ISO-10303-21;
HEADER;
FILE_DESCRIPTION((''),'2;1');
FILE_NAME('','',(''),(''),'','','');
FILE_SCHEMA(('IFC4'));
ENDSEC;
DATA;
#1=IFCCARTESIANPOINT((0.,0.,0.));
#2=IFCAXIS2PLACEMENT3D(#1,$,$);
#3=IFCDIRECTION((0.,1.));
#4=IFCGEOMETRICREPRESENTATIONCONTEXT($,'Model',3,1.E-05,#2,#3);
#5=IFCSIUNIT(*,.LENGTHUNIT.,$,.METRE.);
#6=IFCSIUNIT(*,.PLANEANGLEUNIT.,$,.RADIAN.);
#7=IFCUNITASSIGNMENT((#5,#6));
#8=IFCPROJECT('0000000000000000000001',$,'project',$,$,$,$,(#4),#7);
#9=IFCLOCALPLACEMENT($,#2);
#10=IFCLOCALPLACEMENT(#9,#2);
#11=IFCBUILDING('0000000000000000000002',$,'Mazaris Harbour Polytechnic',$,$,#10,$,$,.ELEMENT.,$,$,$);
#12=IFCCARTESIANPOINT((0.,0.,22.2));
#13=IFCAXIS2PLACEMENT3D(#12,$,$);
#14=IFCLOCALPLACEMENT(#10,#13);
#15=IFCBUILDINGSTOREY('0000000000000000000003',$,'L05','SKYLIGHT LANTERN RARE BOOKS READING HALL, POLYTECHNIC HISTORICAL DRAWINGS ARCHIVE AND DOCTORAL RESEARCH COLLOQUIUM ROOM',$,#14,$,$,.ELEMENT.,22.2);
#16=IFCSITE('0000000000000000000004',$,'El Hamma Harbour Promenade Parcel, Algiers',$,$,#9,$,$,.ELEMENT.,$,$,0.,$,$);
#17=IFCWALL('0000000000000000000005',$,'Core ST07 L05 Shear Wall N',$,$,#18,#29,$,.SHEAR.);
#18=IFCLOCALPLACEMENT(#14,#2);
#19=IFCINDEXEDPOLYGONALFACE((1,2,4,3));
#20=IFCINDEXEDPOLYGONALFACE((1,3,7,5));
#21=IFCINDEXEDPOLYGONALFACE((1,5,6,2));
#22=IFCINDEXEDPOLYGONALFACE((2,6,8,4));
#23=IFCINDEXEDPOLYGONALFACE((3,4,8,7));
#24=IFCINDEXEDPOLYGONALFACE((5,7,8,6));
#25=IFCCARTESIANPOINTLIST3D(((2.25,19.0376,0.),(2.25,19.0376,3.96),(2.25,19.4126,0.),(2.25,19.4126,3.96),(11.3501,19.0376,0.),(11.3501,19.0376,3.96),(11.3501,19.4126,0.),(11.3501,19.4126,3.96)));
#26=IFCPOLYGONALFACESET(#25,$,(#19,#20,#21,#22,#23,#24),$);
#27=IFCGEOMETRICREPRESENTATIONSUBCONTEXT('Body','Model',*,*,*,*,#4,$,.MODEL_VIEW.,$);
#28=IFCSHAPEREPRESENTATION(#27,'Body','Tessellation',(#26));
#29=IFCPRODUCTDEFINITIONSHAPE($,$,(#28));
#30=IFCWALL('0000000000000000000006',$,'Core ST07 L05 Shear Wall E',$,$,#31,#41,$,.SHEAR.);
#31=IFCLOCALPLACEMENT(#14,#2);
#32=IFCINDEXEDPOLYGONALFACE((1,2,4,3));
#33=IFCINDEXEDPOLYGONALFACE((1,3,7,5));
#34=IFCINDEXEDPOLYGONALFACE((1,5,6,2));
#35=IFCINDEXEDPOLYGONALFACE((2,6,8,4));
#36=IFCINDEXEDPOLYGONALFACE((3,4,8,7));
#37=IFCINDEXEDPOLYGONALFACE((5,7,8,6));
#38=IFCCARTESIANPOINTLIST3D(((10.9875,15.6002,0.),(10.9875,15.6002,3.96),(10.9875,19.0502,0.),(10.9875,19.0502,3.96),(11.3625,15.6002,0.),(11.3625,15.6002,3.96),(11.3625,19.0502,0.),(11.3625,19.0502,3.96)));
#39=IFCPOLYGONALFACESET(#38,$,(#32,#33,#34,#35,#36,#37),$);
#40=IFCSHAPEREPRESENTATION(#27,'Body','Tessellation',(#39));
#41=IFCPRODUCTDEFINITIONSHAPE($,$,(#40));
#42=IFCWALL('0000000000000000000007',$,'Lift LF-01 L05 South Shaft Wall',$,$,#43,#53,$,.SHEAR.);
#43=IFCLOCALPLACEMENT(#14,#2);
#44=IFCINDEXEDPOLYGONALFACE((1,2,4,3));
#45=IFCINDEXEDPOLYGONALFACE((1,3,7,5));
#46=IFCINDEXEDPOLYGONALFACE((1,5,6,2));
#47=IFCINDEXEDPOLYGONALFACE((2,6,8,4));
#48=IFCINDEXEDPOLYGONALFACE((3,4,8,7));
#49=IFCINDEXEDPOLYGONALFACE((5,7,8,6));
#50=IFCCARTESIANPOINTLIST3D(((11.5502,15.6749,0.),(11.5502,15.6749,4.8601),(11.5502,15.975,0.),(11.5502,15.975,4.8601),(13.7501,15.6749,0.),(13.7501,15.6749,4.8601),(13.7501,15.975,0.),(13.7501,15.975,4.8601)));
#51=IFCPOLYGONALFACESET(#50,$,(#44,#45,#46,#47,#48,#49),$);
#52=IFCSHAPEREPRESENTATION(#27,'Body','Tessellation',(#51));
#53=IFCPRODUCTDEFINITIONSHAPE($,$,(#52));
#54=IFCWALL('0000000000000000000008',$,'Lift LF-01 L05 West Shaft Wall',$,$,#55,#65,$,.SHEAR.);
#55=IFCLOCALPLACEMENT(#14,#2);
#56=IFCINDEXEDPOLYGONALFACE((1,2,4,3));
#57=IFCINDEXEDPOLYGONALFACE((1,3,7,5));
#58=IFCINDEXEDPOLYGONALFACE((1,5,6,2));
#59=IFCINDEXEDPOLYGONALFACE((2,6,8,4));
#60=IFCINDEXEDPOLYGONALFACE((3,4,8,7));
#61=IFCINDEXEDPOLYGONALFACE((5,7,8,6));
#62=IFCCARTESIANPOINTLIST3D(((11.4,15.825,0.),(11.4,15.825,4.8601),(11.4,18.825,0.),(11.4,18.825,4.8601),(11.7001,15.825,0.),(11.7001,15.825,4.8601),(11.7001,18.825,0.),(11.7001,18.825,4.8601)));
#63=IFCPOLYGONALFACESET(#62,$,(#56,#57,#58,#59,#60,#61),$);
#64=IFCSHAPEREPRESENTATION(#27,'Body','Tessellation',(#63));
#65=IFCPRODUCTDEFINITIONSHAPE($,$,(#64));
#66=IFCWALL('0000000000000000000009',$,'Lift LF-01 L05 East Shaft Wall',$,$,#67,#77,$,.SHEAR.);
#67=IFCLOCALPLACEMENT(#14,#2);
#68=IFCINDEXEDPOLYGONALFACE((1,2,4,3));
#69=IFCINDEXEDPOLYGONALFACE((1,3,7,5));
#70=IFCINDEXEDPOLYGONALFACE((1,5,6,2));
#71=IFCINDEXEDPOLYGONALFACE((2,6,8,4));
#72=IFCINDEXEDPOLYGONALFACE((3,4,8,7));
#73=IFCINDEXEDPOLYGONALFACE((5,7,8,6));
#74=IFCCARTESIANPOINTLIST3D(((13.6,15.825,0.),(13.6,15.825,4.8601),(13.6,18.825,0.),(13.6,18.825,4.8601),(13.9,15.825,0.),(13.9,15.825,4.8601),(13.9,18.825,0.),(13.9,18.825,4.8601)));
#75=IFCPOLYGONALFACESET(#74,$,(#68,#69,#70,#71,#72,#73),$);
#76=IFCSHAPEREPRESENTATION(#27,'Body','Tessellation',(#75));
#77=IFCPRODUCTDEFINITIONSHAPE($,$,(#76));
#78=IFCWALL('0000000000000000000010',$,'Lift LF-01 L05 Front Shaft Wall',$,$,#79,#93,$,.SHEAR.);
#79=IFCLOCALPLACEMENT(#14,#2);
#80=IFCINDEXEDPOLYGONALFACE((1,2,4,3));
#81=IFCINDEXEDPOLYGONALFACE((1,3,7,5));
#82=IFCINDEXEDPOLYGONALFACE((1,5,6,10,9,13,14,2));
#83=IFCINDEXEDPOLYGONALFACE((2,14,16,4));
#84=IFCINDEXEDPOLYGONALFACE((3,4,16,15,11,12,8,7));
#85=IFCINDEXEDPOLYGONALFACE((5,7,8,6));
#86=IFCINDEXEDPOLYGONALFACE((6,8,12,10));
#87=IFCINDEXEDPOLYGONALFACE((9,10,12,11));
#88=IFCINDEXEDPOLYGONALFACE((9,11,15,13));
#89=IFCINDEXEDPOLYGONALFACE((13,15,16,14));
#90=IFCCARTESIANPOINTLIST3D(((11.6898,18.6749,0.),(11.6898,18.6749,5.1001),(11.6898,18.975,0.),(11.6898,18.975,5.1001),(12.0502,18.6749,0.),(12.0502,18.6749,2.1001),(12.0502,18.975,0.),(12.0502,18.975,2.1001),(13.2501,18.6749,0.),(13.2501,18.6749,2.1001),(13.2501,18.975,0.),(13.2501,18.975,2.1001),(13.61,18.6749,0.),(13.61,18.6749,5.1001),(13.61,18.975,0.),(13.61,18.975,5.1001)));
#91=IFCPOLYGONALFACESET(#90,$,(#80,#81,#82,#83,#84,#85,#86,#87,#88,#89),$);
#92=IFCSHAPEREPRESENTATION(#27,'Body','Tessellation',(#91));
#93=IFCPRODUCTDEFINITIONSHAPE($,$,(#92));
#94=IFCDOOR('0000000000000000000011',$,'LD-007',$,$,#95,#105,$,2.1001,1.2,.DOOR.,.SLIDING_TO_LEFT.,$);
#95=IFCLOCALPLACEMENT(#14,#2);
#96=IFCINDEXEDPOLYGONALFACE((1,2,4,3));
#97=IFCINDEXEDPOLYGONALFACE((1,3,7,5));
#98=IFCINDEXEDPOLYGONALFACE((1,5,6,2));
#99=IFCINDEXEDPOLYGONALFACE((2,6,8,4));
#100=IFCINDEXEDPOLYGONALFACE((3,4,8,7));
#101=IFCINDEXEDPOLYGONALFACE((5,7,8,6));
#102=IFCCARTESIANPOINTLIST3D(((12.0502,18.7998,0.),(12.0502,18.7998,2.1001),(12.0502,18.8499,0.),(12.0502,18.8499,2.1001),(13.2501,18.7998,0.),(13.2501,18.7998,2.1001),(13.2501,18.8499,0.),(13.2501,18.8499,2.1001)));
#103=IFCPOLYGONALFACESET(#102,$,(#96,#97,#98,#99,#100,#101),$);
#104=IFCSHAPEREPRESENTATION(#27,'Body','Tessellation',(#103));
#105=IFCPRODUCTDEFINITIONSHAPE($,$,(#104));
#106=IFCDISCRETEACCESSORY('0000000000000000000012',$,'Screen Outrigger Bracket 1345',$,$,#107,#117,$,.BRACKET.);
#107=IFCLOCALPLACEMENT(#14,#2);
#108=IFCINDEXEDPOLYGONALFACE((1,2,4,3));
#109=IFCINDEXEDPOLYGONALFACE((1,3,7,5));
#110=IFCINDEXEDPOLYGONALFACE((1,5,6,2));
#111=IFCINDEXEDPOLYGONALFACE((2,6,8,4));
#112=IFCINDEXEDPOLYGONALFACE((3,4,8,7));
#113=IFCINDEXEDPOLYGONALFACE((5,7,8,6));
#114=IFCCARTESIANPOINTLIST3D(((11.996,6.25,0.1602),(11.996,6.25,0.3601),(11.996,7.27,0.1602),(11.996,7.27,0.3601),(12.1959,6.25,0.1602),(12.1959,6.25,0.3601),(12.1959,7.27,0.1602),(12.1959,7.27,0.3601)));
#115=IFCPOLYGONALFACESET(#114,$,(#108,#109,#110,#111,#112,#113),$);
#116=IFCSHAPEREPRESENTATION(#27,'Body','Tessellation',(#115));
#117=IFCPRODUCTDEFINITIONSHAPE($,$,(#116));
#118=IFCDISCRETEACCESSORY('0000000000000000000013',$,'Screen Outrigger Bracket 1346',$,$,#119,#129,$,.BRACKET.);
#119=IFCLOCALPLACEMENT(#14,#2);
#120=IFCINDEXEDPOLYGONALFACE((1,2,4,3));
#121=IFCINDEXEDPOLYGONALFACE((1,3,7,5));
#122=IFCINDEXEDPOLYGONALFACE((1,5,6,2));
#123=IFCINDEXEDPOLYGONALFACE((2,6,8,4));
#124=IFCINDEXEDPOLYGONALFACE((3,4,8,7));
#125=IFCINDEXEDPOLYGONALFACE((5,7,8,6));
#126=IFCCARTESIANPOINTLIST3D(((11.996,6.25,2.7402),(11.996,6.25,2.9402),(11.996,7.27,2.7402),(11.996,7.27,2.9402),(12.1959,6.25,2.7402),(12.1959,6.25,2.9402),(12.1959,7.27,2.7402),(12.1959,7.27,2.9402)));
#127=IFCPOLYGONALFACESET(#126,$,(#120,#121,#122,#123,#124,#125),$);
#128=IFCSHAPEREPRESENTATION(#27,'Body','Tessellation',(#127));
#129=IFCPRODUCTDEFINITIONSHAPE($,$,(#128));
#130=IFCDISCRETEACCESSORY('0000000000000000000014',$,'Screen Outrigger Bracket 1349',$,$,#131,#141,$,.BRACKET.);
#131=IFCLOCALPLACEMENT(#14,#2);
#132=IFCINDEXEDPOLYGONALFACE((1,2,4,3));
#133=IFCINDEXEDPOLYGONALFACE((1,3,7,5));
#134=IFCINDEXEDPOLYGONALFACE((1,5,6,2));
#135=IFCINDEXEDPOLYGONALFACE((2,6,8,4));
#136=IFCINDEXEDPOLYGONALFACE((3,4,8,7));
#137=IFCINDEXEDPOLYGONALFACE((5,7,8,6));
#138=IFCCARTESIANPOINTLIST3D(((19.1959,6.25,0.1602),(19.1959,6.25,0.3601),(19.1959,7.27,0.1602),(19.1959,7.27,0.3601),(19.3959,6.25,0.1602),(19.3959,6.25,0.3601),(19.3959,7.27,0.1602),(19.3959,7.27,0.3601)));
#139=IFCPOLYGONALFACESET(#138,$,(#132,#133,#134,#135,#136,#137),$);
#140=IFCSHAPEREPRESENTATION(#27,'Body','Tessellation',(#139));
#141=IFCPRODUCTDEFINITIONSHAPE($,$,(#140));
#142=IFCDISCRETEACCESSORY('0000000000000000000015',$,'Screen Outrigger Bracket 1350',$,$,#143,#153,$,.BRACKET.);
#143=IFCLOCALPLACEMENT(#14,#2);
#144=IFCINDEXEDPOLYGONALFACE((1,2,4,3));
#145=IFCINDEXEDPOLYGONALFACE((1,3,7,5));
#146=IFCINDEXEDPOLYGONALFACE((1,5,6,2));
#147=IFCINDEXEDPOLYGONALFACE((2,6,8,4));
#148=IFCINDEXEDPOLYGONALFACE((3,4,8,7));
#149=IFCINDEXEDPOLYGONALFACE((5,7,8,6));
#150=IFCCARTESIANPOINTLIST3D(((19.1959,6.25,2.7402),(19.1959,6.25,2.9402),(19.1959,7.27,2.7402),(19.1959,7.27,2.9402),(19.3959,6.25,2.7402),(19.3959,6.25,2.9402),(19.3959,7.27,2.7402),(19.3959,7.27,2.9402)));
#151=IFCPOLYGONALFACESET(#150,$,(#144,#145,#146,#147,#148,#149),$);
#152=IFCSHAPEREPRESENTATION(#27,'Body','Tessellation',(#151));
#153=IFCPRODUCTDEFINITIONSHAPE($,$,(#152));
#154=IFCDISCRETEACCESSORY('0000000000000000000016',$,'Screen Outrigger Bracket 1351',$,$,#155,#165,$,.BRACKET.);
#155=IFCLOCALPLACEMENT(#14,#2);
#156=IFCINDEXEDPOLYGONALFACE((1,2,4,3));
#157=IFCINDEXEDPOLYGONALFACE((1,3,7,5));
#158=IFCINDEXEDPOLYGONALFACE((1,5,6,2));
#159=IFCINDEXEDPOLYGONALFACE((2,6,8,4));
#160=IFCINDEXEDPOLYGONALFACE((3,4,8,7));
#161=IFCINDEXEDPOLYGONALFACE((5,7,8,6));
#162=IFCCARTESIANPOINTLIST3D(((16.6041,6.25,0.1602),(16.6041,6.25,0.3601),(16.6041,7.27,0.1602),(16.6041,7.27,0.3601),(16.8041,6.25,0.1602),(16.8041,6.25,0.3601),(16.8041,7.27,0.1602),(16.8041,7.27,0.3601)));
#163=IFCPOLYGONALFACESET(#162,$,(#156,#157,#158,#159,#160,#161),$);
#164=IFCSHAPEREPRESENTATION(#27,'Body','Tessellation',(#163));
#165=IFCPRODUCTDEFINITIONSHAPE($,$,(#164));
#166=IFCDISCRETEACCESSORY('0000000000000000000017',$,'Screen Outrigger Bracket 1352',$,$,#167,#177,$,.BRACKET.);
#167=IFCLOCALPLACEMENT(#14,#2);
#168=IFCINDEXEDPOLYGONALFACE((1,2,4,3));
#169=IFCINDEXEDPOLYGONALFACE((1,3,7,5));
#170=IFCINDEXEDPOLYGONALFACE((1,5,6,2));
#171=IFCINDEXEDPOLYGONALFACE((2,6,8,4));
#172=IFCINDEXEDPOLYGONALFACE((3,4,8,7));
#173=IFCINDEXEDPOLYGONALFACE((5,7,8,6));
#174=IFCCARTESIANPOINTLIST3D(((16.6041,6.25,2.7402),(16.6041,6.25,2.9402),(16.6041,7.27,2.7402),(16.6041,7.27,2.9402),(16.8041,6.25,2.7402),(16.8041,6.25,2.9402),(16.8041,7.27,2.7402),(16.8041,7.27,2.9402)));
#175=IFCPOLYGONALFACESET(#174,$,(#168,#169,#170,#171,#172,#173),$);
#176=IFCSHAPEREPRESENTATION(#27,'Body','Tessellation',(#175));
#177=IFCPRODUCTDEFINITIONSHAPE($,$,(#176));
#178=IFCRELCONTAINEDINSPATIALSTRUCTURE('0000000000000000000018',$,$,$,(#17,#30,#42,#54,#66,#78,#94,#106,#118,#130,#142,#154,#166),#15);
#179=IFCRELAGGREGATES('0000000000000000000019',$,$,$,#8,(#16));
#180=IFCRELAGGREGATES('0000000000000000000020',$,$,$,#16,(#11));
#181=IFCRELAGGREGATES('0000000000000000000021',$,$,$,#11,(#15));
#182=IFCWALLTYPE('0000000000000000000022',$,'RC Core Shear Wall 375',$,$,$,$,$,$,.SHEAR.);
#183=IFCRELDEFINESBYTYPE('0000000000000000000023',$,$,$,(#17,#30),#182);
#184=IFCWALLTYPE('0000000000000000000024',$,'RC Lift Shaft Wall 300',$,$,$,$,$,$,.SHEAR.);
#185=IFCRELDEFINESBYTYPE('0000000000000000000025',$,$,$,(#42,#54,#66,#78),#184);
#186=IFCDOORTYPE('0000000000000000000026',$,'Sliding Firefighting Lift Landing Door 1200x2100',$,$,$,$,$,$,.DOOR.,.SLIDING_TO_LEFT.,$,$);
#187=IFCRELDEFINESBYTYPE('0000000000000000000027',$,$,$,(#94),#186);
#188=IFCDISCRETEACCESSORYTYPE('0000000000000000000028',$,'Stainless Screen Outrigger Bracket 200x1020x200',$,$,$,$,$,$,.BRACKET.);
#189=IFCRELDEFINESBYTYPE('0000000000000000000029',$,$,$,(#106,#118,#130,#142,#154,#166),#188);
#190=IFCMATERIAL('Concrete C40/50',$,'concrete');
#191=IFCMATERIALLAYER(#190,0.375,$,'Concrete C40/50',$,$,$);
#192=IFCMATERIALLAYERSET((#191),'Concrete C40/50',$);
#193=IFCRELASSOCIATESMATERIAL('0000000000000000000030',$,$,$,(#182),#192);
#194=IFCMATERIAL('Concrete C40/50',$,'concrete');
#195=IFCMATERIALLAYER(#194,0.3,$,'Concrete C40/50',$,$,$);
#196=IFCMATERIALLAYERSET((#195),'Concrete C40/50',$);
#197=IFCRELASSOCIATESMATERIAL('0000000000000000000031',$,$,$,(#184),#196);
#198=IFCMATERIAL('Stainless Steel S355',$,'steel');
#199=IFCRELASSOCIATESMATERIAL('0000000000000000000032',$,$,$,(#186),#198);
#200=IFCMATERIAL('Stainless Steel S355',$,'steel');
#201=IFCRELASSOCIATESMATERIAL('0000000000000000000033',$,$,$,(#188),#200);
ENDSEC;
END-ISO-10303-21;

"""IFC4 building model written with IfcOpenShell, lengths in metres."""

from ifc_helpers import new_model, si_unit, direction, frame, frame_2d, origin, origin_2d, place, context, subcontext, project, spatial, rectangle, extrude, material, layer, layer_set, type_object, element, fill, save


model = new_model("IFC4")

# Units and contexts
model_context = context("Model", 3, precision=1e-05, world=origin(), true_north=direction((0.0, 1.0)))
body_context = subcontext(model_context, "Body", "Model", "MODEL_VIEW")
ifc_project = project(units=[si_unit("LENGTHUNIT", "METRE"), si_unit("PLANEANGLEUNIT", "RADIAN")], contexts=[model_context])

# Site, building, storey
site_placement = place(None, origin())
site = spatial("IfcSite", under=ifc_project, at=site_placement, Name="El Hamma Harbour Promenade Parcel, Algiers", CompositionType="ELEMENT", RefElevation=0.0)
building_placement = place(site_placement, origin())
building = spatial("IfcBuilding", under=site, at=building_placement, Name="Mazaris Harbour Polytechnic", CompositionType="ELEMENT")
storey_placement = place(building_placement, frame((0.0, 0.0, 22.2)))
storey = spatial("IfcBuildingStorey", under=building, at=storey_placement, Name="L05", Description="SKYLIGHT LANTERN RARE BOOKS READING HALL, POLYTECHNIC HISTORICAL DRAWINGS ARCHIVE AND DOCTORAL RESEARCH COLLOQUIUM ROOM", CompositionType="ELEMENT", Elevation=22.2)

# Walls
ifc_material_1 = material(Name="Concrete C40/50", Category="concrete")
ifc_layer_1 = layer(ifc_material_1, 0.375, Name="Concrete C40/50")
ifc_layer_set_1 = layer_set([ifc_layer_1], Name="Concrete C40/50")
wall_type_1 = type_object("IfcWallType", Name="RC Core Shear Wall 375", PredefinedType="SHEAR", material=ifc_layer_set_1)
wall_1_placement = place(storey_placement, frame((11.3501, 19.2251, 0.0), z_axis=(0.0, 0.0, 1.0), x_axis=(-1.0, 0.0, 0.0)))
element("IfcWall", 1, at=wall_1_placement, inside=storey, type_object=wall_type_1, Name="Core ST07 L05 Shear Wall N", PredefinedType="SHEAR", context=body_context, shape_type="SweptSolid", body=[
    extrude(rectangle(XDim=9.1001, YDim=0.375, at=frame_2d((4.55, 0.0))), origin(), (0.0, 0.0, 1.0), 3.96),
])
wall_2_placement = place(storey_placement, frame((11.175, 15.6001, 0.0), z_axis=(0.0, 0.0, 1.0), x_axis=(0.0, 1.0, 0.0)))
element("IfcWall", 2, at=wall_2_placement, inside=storey, type_object=wall_type_1, Name="Core ST07 L05 Shear Wall E", PredefinedType="SHEAR", context=body_context, shape_type="SweptSolid", body=[
    extrude(rectangle(XDim=3.45, YDim=0.375, at=frame_2d((1.7251, 0.0))), origin(), (0.0, 0.0, 1.0), 3.96),
])
ifc_material_2 = material(Name="Concrete C40/50", Category="concrete")
ifc_layer_2 = layer(ifc_material_2, 0.3, Name="Concrete C40/50")
ifc_layer_set_2 = layer_set([ifc_layer_2], Name="Concrete C40/50")
wall_type_2 = type_object("IfcWallType", Name="RC Lift Shaft Wall 300", PredefinedType="SHEAR", material=ifc_layer_set_2)
wall_3_placement = place(storey_placement, frame((11.55, 15.825, 0.0), z_axis=(0.0, 0.0, 1.0), x_axis=(1.0, 0.0, 0.0)))
element("IfcWall", 3, at=wall_3_placement, inside=storey, type_object=wall_type_2, Name="Lift LF-01 L05 South Shaft Wall", PredefinedType="SHEAR", context=body_context, shape_type="SweptSolid", body=[
    extrude(rectangle(XDim=2.2, YDim=0.3, at=frame_2d((1.1001, 0.0))), origin(), (0.0, 0.0, 1.0), 4.8601),
])
for number, where, z_axis, x_axis, name in (
    (4, (11.55, 18.825, 0.0), (0.0, 0.0, 1.0), (0.0, -1.0, 0.0), "Lift LF-01 L05 West Shaft Wall"),
    (5, (13.75, 15.825, 0.0), (0.0, 0.0, 1.0), (0.0, 1.0, 0.0), "Lift LF-01 L05 East Shaft Wall"),
):
    element("IfcWall", number, at=place(storey_placement, frame(where, z_axis=z_axis, x_axis=x_axis)), inside=storey, type_object=wall_type_2, Name=name, PredefinedType="SHEAR", context=body_context, shape_type="SweptSolid", body=[
        extrude(rectangle(XDim=3.0, YDim=0.3, at=frame_2d((1.5, 0.0))), origin(), (0.0, 0.0, 1.0), 4.8601),
    ])

# Wall, opening, door
wall_4_placement = place(storey_placement, frame((11.6899, 18.825, 0.0), z_axis=(0.0, 0.0, 1.0), x_axis=(1.0, 0.0, 0.0)))
wall_4 = element("IfcWall", 6, at=wall_4_placement, inside=storey, type_object=wall_type_2, Name="Lift LF-01 L05 Front Shaft Wall", PredefinedType="SHEAR", context=body_context, shape_type="SweptSolid", body=[
    extrude(rectangle(XDim=1.9202, YDim=0.3, at=frame_2d((0.96, 0.0))), origin(), (0.0, 0.0, 1.0), 5.1001),
])
opening_1_placement = place(wall_4_placement, frame((0.3601, 0.0, 0.0)))
opening_1 = element("IfcOpeningElement", 7, at=opening_1_placement, cuts=wall_4, PredefinedType="OPENING", context=body_context, shape_type="SweptSolid", body=[
    extrude(rectangle(XDim=1.2, YDim=2.1001, at=frame_2d((0.6001, 1.05))), frame((0.0, 0.1599, 0.0), z_axis=(0.0, -1.0, 0.0), x_axis=(1.0, 0.0, 0.0)), (0.0, 0.0, 1.0), 0.3201),
])
ifc_material_3 = material(Name="Stainless Steel S355", Category="steel")
door_type_1 = type_object("IfcDoorType", Name="Sliding Firefighting Lift Landing Door 1200x2100", OperationType="SLIDING_TO_LEFT", PredefinedType="DOOR", material=ifc_material_3)
door_1_placement = place(opening_1_placement, origin())
door_1 = element("IfcDoor", 8, at=door_1_placement, inside=storey, type_object=door_type_1, Name="LD-007", OperationType="SLIDING_TO_LEFT", OverallHeight=2.1001, OverallWidth=1.2, PredefinedType="DOOR", context=body_context, shape_type="SweptSolid", body=[
    extrude(rectangle(XDim=1.2, YDim=2.1001, at=frame_2d((0.6001, 1.05))), frame((0.0, 0.0249, 0.0), z_axis=(0.0, -1.0, 0.0), x_axis=(1.0, 0.0, 0.0)), (0.0, 0.0, 1.0), 0.05),
])
fill(opening_1, door_1)

# Discrete accessories
ifc_material_4 = material(Name="Stainless Steel S355", Category="steel")
discrete_accessory_type = type_object("IfcDiscreteAccessoryType", Name="Stainless Screen Outrigger Bracket 200x1020x200", PredefinedType="BRACKET", material=ifc_material_4)
for number, where, z_axis, x_axis, name in (
    (9, (12.0959, 6.76, 0.1602), (0.0, 0.0, 1.0), (-1.0, 0.0, 0.0), "Screen Outrigger Bracket 1345"),
    (10, (12.0959, 6.76, 2.7402), (0.0, 0.0, 1.0), (-1.0, 0.0, 0.0), "Screen Outrigger Bracket 1346"),
    (11, (19.2959, 6.76, 0.1602), (0.0, 0.0, 1.0), (-1.0, 0.0, 0.0), "Screen Outrigger Bracket 1349"),
    (12, (19.2959, 6.76, 2.7402), (0.0, 0.0, 1.0), (-1.0, 0.0, 0.0), "Screen Outrigger Bracket 1350"),
    (13, (16.7041, 6.76, 0.1602), (0.0, 0.0, 1.0), (-1.0, 0.0, 0.0), "Screen Outrigger Bracket 1351"),
    (14, (16.7041, 6.76, 2.7402), (0.0, 0.0, 1.0), (-1.0, 0.0, 0.0), "Screen Outrigger Bracket 1352"),
):
    element("IfcDiscreteAccessory", number, at=place(storey_placement, frame(where, z_axis=z_axis, x_axis=x_axis)), inside=storey, type_object=discrete_accessory_type, Name=name, PredefinedType="BRACKET", context=body_context, shape_type="SweptSolid", body=[
        extrude(rectangle(XDim=0.2, YDim=1.02, at=origin_2d()), origin(), (0.0, 0.0, 1.0), 0.2),
    ])

save(model, "model.ifc")
